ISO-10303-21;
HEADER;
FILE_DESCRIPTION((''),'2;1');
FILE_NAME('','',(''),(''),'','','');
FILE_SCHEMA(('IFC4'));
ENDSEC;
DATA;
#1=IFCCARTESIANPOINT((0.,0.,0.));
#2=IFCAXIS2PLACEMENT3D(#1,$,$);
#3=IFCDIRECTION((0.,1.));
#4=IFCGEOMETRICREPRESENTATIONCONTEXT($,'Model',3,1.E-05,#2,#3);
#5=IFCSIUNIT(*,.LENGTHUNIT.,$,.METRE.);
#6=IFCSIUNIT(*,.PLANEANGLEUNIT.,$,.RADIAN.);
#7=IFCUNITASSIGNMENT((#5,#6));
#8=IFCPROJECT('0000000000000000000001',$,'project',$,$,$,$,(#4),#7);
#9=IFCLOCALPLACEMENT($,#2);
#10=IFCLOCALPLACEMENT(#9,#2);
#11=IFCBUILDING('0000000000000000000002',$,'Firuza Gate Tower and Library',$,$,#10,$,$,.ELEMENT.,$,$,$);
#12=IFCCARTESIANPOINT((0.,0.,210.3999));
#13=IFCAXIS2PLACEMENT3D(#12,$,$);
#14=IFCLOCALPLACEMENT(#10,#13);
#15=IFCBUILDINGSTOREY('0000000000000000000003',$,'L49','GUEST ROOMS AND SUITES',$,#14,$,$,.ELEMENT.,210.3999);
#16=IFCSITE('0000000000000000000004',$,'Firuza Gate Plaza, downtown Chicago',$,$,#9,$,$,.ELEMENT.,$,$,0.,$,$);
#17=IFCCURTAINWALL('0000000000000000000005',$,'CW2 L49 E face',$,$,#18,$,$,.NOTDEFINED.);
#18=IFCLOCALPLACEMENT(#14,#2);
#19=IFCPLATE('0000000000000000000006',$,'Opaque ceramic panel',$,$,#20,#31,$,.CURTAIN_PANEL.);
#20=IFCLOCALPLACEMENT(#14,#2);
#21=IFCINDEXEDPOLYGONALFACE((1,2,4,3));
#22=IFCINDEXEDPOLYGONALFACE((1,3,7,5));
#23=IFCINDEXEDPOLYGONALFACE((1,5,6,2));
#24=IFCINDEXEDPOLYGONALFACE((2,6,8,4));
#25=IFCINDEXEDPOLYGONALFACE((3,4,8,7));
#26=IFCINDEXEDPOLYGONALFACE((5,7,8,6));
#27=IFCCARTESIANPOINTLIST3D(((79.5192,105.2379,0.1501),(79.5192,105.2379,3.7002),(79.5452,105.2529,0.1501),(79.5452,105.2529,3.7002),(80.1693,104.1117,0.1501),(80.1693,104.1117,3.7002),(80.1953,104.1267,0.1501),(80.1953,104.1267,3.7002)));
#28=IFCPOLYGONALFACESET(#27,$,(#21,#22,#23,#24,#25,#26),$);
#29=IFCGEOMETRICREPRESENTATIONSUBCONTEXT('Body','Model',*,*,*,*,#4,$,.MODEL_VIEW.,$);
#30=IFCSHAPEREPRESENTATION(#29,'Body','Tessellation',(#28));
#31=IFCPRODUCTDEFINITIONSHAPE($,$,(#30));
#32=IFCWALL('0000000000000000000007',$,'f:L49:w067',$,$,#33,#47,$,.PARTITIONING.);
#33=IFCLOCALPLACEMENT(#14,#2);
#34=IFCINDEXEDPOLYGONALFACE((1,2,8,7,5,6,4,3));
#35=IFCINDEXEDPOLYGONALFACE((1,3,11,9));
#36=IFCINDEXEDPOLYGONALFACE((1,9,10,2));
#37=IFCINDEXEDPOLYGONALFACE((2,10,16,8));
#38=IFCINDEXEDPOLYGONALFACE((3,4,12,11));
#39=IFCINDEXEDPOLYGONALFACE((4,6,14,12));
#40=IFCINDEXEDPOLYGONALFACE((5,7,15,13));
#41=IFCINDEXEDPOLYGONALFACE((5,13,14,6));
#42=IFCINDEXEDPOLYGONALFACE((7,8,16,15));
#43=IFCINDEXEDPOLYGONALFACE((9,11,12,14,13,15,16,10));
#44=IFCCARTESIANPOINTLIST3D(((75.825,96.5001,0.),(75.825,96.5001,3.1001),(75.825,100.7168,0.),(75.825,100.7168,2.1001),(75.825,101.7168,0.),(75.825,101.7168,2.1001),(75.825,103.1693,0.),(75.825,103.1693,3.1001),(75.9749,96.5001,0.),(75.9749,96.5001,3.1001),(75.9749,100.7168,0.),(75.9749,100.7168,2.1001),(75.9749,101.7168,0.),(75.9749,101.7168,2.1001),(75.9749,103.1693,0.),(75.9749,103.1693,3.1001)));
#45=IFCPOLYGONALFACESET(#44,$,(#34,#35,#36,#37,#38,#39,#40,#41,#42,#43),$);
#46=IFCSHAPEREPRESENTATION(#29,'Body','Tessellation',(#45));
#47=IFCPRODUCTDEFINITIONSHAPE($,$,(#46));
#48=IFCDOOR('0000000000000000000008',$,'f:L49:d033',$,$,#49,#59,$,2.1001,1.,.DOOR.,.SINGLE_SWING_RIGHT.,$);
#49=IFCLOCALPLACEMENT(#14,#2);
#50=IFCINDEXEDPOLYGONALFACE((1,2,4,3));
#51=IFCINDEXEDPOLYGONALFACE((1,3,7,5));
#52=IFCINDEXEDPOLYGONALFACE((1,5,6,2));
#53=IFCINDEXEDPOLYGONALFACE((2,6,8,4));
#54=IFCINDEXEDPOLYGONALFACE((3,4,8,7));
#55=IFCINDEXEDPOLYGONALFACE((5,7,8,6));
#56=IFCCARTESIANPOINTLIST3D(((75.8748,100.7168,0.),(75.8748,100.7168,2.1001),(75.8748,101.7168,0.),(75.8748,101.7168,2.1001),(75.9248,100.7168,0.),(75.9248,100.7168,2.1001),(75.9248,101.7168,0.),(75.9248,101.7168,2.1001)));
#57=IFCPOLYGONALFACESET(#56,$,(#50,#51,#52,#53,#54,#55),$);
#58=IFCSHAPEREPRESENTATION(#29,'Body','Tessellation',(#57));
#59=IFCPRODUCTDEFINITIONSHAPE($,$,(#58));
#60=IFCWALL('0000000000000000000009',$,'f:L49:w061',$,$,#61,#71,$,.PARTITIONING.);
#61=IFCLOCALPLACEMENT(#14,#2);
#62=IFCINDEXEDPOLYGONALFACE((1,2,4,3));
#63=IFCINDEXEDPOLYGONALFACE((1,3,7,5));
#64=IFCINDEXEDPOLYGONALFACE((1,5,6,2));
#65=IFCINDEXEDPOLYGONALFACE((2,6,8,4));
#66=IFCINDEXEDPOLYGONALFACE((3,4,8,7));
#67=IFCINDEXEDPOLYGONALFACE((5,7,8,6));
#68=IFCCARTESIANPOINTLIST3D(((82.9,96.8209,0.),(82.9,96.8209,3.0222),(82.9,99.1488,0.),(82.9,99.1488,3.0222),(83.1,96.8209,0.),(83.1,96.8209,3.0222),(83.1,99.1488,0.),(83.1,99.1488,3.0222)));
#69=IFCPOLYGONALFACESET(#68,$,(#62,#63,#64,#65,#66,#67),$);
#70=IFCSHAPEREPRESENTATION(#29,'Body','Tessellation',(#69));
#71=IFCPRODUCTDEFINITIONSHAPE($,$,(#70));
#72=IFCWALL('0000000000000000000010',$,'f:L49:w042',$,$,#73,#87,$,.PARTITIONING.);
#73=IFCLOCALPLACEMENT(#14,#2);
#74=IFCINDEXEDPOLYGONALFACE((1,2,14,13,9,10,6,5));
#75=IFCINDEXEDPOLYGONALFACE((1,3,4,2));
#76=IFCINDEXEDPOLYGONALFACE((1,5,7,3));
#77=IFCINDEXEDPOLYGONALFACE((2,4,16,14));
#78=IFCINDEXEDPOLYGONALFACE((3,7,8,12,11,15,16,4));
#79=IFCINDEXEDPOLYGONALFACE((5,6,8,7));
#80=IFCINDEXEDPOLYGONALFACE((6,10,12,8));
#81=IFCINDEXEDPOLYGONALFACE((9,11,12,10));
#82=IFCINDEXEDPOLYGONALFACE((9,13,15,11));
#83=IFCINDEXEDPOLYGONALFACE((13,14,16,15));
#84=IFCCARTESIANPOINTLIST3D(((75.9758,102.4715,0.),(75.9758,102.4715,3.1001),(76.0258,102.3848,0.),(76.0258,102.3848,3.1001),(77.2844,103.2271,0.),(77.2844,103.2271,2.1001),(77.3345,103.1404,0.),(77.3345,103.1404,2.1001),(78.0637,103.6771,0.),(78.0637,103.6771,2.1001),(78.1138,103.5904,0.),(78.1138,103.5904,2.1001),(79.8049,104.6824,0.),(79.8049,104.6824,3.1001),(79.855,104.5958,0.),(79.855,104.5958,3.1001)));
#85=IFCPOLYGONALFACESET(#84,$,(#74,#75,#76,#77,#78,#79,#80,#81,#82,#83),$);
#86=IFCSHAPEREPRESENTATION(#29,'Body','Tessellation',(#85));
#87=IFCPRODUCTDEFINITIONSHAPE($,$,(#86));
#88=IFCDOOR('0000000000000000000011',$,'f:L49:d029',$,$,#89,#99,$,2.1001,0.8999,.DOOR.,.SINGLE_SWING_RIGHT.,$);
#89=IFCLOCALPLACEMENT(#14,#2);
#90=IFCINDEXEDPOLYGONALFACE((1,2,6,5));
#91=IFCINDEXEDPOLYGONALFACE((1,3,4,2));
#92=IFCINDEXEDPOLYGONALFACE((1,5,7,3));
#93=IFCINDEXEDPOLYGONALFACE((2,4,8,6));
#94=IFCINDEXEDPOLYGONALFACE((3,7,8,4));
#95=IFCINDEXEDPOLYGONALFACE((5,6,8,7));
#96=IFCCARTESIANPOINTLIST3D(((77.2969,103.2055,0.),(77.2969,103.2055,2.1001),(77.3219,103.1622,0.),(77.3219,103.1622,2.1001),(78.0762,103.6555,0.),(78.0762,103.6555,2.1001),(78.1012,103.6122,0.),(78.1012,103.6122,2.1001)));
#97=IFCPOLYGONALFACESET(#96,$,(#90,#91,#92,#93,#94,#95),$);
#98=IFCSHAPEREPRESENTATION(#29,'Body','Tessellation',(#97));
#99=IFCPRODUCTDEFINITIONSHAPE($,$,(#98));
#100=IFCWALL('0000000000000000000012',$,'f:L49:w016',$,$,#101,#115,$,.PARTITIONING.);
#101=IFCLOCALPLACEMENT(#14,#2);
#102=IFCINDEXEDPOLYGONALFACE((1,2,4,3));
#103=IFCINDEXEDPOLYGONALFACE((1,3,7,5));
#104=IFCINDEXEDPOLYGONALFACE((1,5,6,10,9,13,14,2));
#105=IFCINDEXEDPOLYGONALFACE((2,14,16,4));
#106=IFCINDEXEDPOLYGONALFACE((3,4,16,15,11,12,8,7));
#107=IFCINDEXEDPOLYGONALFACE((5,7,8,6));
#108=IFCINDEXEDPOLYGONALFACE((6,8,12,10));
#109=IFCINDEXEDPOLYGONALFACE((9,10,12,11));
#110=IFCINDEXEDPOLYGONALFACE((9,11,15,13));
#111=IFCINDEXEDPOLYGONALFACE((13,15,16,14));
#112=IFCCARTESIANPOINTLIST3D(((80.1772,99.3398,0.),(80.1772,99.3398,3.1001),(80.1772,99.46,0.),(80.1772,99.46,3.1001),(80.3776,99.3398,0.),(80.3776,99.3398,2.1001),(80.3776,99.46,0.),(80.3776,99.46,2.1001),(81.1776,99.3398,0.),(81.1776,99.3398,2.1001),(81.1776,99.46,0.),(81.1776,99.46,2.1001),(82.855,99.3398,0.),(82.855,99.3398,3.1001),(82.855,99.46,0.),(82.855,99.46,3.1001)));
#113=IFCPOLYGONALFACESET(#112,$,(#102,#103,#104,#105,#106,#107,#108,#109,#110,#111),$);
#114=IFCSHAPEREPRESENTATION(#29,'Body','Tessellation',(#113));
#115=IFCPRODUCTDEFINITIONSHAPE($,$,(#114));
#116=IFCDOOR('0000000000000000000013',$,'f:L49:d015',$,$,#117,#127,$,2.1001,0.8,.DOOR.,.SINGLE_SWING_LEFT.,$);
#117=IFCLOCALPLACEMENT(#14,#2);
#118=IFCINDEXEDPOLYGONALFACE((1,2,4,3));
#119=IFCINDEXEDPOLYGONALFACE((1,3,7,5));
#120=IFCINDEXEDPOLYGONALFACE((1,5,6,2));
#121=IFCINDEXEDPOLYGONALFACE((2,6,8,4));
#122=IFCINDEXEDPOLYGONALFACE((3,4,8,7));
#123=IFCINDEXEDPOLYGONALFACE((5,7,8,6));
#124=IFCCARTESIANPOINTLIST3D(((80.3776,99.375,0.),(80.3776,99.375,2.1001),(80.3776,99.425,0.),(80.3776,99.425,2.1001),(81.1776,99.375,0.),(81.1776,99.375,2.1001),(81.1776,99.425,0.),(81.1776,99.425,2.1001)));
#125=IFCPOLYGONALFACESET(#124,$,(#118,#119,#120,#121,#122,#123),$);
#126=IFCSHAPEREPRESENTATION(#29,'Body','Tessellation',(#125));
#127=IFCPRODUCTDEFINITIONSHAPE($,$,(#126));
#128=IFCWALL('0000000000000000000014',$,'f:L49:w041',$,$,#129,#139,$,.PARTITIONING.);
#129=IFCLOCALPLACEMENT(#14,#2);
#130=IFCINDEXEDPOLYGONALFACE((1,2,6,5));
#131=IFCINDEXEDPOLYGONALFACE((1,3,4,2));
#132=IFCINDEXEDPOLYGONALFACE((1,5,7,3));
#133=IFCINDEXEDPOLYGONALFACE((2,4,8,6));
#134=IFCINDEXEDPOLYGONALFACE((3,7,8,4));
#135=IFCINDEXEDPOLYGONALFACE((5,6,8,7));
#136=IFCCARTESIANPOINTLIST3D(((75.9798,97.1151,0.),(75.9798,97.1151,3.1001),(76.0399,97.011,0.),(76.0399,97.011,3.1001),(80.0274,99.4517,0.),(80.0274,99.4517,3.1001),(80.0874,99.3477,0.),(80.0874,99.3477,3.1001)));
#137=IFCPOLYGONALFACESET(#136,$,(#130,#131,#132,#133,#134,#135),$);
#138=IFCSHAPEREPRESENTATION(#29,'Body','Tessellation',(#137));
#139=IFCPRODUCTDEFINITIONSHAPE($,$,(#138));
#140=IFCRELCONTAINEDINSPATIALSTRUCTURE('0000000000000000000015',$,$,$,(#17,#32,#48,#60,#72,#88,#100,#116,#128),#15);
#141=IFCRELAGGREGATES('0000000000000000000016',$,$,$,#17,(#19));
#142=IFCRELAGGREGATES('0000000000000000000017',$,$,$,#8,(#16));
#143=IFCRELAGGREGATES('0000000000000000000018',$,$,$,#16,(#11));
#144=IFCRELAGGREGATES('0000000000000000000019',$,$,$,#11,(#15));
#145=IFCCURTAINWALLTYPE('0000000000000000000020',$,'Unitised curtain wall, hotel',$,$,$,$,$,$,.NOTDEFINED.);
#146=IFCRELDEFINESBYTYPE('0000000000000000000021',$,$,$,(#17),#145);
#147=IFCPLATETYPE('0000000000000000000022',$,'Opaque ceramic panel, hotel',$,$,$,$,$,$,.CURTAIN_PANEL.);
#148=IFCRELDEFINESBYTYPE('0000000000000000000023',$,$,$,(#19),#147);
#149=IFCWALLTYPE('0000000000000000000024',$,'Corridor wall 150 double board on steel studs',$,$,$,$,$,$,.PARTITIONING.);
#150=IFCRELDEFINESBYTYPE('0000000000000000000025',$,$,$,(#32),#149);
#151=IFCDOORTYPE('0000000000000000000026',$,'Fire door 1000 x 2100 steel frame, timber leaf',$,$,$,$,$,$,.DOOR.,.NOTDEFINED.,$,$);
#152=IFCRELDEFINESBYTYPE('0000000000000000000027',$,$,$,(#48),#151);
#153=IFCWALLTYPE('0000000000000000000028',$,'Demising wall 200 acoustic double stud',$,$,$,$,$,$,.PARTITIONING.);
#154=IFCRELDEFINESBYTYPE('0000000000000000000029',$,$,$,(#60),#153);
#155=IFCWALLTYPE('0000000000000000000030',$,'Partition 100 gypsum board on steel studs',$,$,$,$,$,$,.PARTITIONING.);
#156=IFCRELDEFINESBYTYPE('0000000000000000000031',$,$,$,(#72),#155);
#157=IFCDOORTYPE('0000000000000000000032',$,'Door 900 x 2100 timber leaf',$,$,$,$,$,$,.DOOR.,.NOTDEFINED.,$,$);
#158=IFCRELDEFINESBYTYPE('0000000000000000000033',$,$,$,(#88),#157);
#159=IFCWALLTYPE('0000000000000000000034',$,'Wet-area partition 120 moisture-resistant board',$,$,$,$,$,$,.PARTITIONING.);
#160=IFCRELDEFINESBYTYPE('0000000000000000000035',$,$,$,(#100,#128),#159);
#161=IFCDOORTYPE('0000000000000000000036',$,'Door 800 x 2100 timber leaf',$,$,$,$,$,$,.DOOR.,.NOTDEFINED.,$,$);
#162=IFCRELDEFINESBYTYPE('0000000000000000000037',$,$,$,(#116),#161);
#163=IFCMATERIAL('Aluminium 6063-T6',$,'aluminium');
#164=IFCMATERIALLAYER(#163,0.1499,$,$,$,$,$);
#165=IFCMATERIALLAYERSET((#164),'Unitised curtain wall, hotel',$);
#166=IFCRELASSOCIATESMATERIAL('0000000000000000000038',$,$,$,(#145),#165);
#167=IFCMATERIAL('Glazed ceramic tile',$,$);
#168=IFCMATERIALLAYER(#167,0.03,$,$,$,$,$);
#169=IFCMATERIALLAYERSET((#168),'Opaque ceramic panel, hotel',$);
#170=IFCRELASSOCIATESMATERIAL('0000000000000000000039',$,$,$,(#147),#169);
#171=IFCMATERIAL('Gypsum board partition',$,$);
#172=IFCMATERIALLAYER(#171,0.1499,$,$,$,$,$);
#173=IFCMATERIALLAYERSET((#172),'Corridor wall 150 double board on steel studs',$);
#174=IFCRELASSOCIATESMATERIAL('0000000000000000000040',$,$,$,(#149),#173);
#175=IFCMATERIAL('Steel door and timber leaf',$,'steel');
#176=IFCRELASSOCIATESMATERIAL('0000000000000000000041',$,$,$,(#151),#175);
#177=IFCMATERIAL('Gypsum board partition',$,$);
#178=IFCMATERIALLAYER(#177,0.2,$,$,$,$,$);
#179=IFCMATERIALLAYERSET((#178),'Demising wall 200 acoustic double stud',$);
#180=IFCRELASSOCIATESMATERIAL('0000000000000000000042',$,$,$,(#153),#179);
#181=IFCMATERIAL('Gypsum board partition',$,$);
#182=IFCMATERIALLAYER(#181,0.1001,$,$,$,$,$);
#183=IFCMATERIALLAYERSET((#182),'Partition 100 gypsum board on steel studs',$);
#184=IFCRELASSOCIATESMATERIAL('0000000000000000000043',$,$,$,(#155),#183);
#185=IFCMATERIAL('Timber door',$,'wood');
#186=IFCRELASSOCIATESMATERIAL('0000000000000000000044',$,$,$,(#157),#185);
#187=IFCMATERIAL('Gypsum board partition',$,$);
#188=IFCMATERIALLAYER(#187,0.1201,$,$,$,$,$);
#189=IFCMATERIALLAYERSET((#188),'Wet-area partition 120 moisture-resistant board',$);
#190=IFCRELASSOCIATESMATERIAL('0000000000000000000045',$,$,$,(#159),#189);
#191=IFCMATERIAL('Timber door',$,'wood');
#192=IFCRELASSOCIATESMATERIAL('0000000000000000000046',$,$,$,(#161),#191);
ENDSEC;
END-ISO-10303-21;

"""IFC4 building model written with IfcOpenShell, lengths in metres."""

from ifc_helpers import new_model, si_unit, direction, frame, frame_2d, origin, place, context, subcontext, project, spatial, polyline, rectangle, outline, extrude, material, layer, layer_set, type_object, element, fill, aggregate, save


model = new_model("IFC4")

# Units and contexts
model_context = context("Model", 3, precision=1e-05, world=origin(), true_north=direction((0.0, 1.0)))
body_context = subcontext(model_context, "Body", "Model", "MODEL_VIEW")
ifc_project = project(units=[si_unit("LENGTHUNIT", "METRE"), si_unit("PLANEANGLEUNIT", "RADIAN")], contexts=[model_context])

# Site, building, storey
site_placement = place(None, origin())
site = spatial("IfcSite", under=ifc_project, at=site_placement, Name="Firuza Gate Plaza, downtown Chicago", CompositionType="ELEMENT", RefElevation=0.0)
building_placement = place(site_placement, origin())
building = spatial("IfcBuilding", under=site, at=building_placement, Name="Firuza Gate Tower and Library", CompositionType="ELEMENT")
storey_placement = place(building_placement, frame((0.0, 0.0, 210.3999)))
storey = spatial("IfcBuildingStorey", under=building, at=storey_placement, Name="L49", Description="GUEST ROOMS AND SUITES", CompositionType="ELEMENT", Elevation=210.3999)

# Curtain wall
placement = place(storey_placement, origin())
ifc_material_1 = material(Name="Aluminium 6063-T6", Category="aluminium")
ifc_layer_1 = layer(ifc_material_1, 0.1499)
ifc_layer_set_1 = layer_set([ifc_layer_1], Name="Unitised curtain wall, hotel")
curtain_wall_type_1 = type_object("IfcCurtainWallType", Name="Unitised curtain wall, hotel", PredefinedType="NOTDEFINED", material=ifc_layer_set_1)
curtain_wall_1 = element("IfcCurtainWall", 1, at=placement, inside=storey, type_object=curtain_wall_type_1, Name="CW2 L49 E face", PredefinedType="NOTDEFINED")

# Plate
ifc_material_2 = material(Name="Glazed ceramic tile")
ifc_layer_2 = layer(ifc_material_2, 0.03)
ifc_layer_set_2 = layer_set([ifc_layer_2], Name="Opaque ceramic panel, hotel")
plate_type_1 = type_object("IfcPlateType", Name="Opaque ceramic panel, hotel", PredefinedType="CURTAIN_PANEL", material=ifc_layer_set_2)
plate_1_placement = place(storey_placement, frame((80.1953, 104.1267, 0.1501), z_axis=(0.866051, 0.499955, 0.0), x_axis=(-0.499955, 0.866051, 0.0)))
plate_1 = element("IfcPlate", 2, at=plate_1_placement, type_object=plate_type_1, Name="Opaque ceramic panel", PredefinedType="CURTAIN_PANEL", context=body_context, shape_type="SweptSolid", body=[
    extrude(outline(polyline([(0.0, 0.0), (1.3004, 0.0), (1.3004, 3.55), (0.0, 3.55), (0.0, 0.0)])), origin(), (0.0, 0.0, -1.0), 0.03),
])
aggregate(curtain_wall_1, [plate_1])

# Wall, opening, door
ifc_material_3 = material(Name="Gypsum board partition")
ifc_layer_3 = layer(ifc_material_3, 0.1499)
ifc_layer_set_3 = layer_set([ifc_layer_3], Name="Corridor wall 150 double board on steel studs")
wall_type_1 = type_object("IfcWallType", Name="Corridor wall 150 double board on steel studs", PredefinedType="PARTITIONING", material=ifc_layer_set_3)
wall_1_placement = place(storey_placement, frame((75.8999, 103.1692, 0.0), z_axis=(0.0, 0.0, 1.0), x_axis=(0.0, -1.0, 0.0)))
wall_1 = element("IfcWall", 3, at=wall_1_placement, inside=storey, type_object=wall_type_1, Name="f:L49:w067", PredefinedType="PARTITIONING", context=body_context, shape_type="SweptSolid", body=[
    extrude(rectangle(XDim=6.6692, YDim=0.1499, at=frame_2d((3.3345, 0.0))), origin(), (0.0, 0.0, 1.0), 3.1001),
])
opening_1_placement = place(wall_1_placement, frame((1.4524, 0.0, 0.0)))
opening_1 = element("IfcOpeningElement", 4, at=opening_1_placement, cuts=wall_1, PredefinedType="OPENING", context=body_context, shape_type="SweptSolid", body=[
    extrude(rectangle(XDim=1.0, YDim=2.1001, at=frame_2d((0.5, 1.05))), frame((0.0, 0.085, 0.0), z_axis=(0.0, -1.0, 0.0), x_axis=(1.0, 0.0, 0.0)), (0.0, 0.0, 1.0), 0.1699),
])
ifc_material_4 = material(Name="Steel door and timber leaf", Category="steel")
door_type_1 = type_object("IfcDoorType", Name="Fire door 1000 x 2100 steel frame, timber leaf", OperationType="NOTDEFINED", PredefinedType="DOOR", material=ifc_material_4)
door_1_placement = place(opening_1_placement, origin())
door_1 = element("IfcDoor", 5, at=door_1_placement, inside=storey, type_object=door_type_1, Name="f:L49:d033", OperationType="SINGLE_SWING_RIGHT", OverallHeight=2.1001, OverallWidth=1.0, PredefinedType="DOOR", context=body_context, shape_type="SweptSolid", body=[
    extrude(rectangle(XDim=1.0, YDim=2.1001, at=frame_2d((0.5, 1.05))), frame((0.0, 0.0249, 0.0), z_axis=(0.0, -1.0, 0.0), x_axis=(1.0, 0.0, 0.0)), (0.0, 0.0, 1.0), 0.05),
])
fill(opening_1, door_1)

# Wall
ifc_material_5 = material(Name="Gypsum board partition")
ifc_layer_4 = layer(ifc_material_5, 0.2)
ifc_layer_set_4 = layer_set([ifc_layer_4], Name="Demising wall 200 acoustic double stud")
wall_type_2 = type_object("IfcWallType", Name="Demising wall 200 acoustic double stud", PredefinedType="PARTITIONING", material=ifc_layer_set_4)
wall_2_placement = place(storey_placement, frame((83.0, 96.8208, 0.0), z_axis=(0.0, 0.0, 1.0), x_axis=(0.0, 1.0, 0.0)))
element("IfcWall", 6, at=wall_2_placement, inside=storey, type_object=wall_type_2, Name="f:L49:w061", PredefinedType="PARTITIONING", context=body_context, shape_type="SweptSolid", body=[
    extrude(rectangle(XDim=2.3279, YDim=0.2, at=frame_2d((1.1641, 0.0))), origin(), (0.0, 0.0, 1.0), 3.0222),
])

# Walls, openings, doors
ifc_material_6 = material(Name="Gypsum board partition")
ifc_layer_5 = layer(ifc_material_6, 0.1001)
ifc_layer_set_5 = layer_set([ifc_layer_5], Name="Partition 100 gypsum board on steel studs")
wall_type_3 = type_object("IfcWallType", Name="Partition 100 gypsum board on steel studs", PredefinedType="PARTITIONING", material=ifc_layer_set_5)
wall_3_placement = place(storey_placement, frame((79.8301, 104.6392, 0.0), z_axis=(0.0, 0.0, 1.0), x_axis=(-0.866005, -0.500035, 0.0)))
wall_3 = element("IfcWall", 7, at=wall_3_placement, inside=storey, type_object=wall_type_3, Name="f:L49:w042", PredefinedType="PARTITIONING", context=body_context, shape_type="SweptSolid", body=[
    extrude(rectangle(XDim=4.4216, YDim=0.1001, at=frame_2d((2.2109, 0.0))), origin(), (0.0, 0.0, 1.0), 3.1001),
])
opening_2_placement = place(wall_3_placement, frame((2.0107, 0.0, 0.0)))
opening_2 = element("IfcOpeningElement", 8, at=opening_2_placement, cuts=wall_3, PredefinedType="OPENING", context=body_context, shape_type="SweptSolid", body=[
    extrude(rectangle(XDim=0.8999, YDim=2.1001, at=frame_2d((0.45, 1.05))), frame((0.0, 0.0601, 0.0), z_axis=(0.0, -1.0, 0.0), x_axis=(1.0, 0.0, 0.0)), (0.0, 0.0, 1.0), 0.1201),
])
ifc_material_7 = material(Name="Timber door", Category="wood")
door_type_2 = type_object("IfcDoorType", Name="Door 900 x 2100 timber leaf", OperationType="NOTDEFINED", PredefinedType="DOOR", material=ifc_material_7)
door_2_placement = place(opening_2_placement, origin())
door_2 = element("IfcDoor", 9, at=door_2_placement, inside=storey, type_object=door_type_2, Name="f:L49:d029", OperationType="SINGLE_SWING_RIGHT", OverallHeight=2.1001, OverallWidth=0.8999, PredefinedType="DOOR", context=body_context, shape_type="SweptSolid", body=[
    extrude(rectangle(XDim=0.8999, YDim=2.1001, at=frame_2d((0.45, 1.05))), frame((0.0, 0.0249, 0.0), z_axis=(0.0, -1.0, 0.0), x_axis=(1.0, 0.0, 0.0)), (0.0, 0.0, 1.0), 0.05),
])
fill(opening_2, door_2)
ifc_material_8 = material(Name="Gypsum board partition")
ifc_layer_6 = layer(ifc_material_8, 0.1201)
ifc_layer_set_6 = layer_set([ifc_layer_6], Name="Wet-area partition 120 moisture-resistant board")
wall_type_4 = type_object("IfcWallType", Name="Wet-area partition 120 moisture-resistant board", PredefinedType="PARTITIONING", material=ifc_layer_set_6)
wall_4_placement = place(storey_placement, frame((82.855, 99.3999, 0.0), z_axis=(0.0, 0.0, 1.0), x_axis=(-1.0, 0.0, 0.0)))
wall_4 = element("IfcWall", 10, at=wall_4_placement, inside=storey, type_object=wall_type_4, Name="f:L49:w016", PredefinedType="PARTITIONING", context=body_context, shape_type="SweptSolid", body=[
    extrude(rectangle(XDim=2.6777, YDim=0.1201, at=frame_2d((1.3389, 0.0))), origin(), (0.0, 0.0, 1.0), 3.1001),
])
opening_3_placement = place(wall_4_placement, frame((1.6775, 0.0, 0.0)))
opening_3 = element("IfcOpeningElement", 11, at=opening_3_placement, cuts=wall_4, PredefinedType="OPENING", context=body_context, shape_type="SweptSolid", body=[
    extrude(rectangle(XDim=0.8, YDim=2.1001, at=frame_2d((0.3999, 1.05))), frame((0.0, 0.0701, 0.0), z_axis=(0.0, -1.0, 0.0), x_axis=(1.0, 0.0, 0.0)), (0.0, 0.0, 1.0), 0.1401),
])
ifc_material_9 = material(Name="Timber door", Category="wood")
door_type_3 = type_object("IfcDoorType", Name="Door 800 x 2100 timber leaf", OperationType="NOTDEFINED", PredefinedType="DOOR", material=ifc_material_9)
door_3_placement = place(opening_3_placement, origin())
door_3 = element("IfcDoor", 12, at=door_3_placement, inside=storey, type_object=door_type_3, Name="f:L49:d015", OperationType="SINGLE_SWING_LEFT", OverallHeight=2.1001, OverallWidth=0.8, PredefinedType="DOOR", context=body_context, shape_type="SweptSolid", body=[
    extrude(rectangle(XDim=0.8, YDim=2.1001, at=frame_2d((0.3999, 1.05))), frame((0.0, 0.0249, 0.0), z_axis=(0.0, -1.0, 0.0), x_axis=(1.0, 0.0, 0.0)), (0.0, 0.0, 1.0), 0.05),
])
fill(opening_3, door_3)

# Wall
wall_5_placement = place(storey_placement, frame((76.0098, 97.063, 0.0), z_axis=(0.0, 0.0, 1.0), x_axis=(0.866046, 0.499965, 0.0)))
element("IfcWall", 13, at=wall_5_placement, inside=storey, type_object=wall_type_4, Name="f:L49:w041", PredefinedType="PARTITIONING", context=body_context, shape_type="SweptSolid", body=[
    extrude(rectangle(XDim=4.6736, YDim=0.1201, at=frame_2d((2.3369, 0.0))), origin(), (0.0, 0.0, 1.0), 3.1001),
])

save(model, "model.ifc")
